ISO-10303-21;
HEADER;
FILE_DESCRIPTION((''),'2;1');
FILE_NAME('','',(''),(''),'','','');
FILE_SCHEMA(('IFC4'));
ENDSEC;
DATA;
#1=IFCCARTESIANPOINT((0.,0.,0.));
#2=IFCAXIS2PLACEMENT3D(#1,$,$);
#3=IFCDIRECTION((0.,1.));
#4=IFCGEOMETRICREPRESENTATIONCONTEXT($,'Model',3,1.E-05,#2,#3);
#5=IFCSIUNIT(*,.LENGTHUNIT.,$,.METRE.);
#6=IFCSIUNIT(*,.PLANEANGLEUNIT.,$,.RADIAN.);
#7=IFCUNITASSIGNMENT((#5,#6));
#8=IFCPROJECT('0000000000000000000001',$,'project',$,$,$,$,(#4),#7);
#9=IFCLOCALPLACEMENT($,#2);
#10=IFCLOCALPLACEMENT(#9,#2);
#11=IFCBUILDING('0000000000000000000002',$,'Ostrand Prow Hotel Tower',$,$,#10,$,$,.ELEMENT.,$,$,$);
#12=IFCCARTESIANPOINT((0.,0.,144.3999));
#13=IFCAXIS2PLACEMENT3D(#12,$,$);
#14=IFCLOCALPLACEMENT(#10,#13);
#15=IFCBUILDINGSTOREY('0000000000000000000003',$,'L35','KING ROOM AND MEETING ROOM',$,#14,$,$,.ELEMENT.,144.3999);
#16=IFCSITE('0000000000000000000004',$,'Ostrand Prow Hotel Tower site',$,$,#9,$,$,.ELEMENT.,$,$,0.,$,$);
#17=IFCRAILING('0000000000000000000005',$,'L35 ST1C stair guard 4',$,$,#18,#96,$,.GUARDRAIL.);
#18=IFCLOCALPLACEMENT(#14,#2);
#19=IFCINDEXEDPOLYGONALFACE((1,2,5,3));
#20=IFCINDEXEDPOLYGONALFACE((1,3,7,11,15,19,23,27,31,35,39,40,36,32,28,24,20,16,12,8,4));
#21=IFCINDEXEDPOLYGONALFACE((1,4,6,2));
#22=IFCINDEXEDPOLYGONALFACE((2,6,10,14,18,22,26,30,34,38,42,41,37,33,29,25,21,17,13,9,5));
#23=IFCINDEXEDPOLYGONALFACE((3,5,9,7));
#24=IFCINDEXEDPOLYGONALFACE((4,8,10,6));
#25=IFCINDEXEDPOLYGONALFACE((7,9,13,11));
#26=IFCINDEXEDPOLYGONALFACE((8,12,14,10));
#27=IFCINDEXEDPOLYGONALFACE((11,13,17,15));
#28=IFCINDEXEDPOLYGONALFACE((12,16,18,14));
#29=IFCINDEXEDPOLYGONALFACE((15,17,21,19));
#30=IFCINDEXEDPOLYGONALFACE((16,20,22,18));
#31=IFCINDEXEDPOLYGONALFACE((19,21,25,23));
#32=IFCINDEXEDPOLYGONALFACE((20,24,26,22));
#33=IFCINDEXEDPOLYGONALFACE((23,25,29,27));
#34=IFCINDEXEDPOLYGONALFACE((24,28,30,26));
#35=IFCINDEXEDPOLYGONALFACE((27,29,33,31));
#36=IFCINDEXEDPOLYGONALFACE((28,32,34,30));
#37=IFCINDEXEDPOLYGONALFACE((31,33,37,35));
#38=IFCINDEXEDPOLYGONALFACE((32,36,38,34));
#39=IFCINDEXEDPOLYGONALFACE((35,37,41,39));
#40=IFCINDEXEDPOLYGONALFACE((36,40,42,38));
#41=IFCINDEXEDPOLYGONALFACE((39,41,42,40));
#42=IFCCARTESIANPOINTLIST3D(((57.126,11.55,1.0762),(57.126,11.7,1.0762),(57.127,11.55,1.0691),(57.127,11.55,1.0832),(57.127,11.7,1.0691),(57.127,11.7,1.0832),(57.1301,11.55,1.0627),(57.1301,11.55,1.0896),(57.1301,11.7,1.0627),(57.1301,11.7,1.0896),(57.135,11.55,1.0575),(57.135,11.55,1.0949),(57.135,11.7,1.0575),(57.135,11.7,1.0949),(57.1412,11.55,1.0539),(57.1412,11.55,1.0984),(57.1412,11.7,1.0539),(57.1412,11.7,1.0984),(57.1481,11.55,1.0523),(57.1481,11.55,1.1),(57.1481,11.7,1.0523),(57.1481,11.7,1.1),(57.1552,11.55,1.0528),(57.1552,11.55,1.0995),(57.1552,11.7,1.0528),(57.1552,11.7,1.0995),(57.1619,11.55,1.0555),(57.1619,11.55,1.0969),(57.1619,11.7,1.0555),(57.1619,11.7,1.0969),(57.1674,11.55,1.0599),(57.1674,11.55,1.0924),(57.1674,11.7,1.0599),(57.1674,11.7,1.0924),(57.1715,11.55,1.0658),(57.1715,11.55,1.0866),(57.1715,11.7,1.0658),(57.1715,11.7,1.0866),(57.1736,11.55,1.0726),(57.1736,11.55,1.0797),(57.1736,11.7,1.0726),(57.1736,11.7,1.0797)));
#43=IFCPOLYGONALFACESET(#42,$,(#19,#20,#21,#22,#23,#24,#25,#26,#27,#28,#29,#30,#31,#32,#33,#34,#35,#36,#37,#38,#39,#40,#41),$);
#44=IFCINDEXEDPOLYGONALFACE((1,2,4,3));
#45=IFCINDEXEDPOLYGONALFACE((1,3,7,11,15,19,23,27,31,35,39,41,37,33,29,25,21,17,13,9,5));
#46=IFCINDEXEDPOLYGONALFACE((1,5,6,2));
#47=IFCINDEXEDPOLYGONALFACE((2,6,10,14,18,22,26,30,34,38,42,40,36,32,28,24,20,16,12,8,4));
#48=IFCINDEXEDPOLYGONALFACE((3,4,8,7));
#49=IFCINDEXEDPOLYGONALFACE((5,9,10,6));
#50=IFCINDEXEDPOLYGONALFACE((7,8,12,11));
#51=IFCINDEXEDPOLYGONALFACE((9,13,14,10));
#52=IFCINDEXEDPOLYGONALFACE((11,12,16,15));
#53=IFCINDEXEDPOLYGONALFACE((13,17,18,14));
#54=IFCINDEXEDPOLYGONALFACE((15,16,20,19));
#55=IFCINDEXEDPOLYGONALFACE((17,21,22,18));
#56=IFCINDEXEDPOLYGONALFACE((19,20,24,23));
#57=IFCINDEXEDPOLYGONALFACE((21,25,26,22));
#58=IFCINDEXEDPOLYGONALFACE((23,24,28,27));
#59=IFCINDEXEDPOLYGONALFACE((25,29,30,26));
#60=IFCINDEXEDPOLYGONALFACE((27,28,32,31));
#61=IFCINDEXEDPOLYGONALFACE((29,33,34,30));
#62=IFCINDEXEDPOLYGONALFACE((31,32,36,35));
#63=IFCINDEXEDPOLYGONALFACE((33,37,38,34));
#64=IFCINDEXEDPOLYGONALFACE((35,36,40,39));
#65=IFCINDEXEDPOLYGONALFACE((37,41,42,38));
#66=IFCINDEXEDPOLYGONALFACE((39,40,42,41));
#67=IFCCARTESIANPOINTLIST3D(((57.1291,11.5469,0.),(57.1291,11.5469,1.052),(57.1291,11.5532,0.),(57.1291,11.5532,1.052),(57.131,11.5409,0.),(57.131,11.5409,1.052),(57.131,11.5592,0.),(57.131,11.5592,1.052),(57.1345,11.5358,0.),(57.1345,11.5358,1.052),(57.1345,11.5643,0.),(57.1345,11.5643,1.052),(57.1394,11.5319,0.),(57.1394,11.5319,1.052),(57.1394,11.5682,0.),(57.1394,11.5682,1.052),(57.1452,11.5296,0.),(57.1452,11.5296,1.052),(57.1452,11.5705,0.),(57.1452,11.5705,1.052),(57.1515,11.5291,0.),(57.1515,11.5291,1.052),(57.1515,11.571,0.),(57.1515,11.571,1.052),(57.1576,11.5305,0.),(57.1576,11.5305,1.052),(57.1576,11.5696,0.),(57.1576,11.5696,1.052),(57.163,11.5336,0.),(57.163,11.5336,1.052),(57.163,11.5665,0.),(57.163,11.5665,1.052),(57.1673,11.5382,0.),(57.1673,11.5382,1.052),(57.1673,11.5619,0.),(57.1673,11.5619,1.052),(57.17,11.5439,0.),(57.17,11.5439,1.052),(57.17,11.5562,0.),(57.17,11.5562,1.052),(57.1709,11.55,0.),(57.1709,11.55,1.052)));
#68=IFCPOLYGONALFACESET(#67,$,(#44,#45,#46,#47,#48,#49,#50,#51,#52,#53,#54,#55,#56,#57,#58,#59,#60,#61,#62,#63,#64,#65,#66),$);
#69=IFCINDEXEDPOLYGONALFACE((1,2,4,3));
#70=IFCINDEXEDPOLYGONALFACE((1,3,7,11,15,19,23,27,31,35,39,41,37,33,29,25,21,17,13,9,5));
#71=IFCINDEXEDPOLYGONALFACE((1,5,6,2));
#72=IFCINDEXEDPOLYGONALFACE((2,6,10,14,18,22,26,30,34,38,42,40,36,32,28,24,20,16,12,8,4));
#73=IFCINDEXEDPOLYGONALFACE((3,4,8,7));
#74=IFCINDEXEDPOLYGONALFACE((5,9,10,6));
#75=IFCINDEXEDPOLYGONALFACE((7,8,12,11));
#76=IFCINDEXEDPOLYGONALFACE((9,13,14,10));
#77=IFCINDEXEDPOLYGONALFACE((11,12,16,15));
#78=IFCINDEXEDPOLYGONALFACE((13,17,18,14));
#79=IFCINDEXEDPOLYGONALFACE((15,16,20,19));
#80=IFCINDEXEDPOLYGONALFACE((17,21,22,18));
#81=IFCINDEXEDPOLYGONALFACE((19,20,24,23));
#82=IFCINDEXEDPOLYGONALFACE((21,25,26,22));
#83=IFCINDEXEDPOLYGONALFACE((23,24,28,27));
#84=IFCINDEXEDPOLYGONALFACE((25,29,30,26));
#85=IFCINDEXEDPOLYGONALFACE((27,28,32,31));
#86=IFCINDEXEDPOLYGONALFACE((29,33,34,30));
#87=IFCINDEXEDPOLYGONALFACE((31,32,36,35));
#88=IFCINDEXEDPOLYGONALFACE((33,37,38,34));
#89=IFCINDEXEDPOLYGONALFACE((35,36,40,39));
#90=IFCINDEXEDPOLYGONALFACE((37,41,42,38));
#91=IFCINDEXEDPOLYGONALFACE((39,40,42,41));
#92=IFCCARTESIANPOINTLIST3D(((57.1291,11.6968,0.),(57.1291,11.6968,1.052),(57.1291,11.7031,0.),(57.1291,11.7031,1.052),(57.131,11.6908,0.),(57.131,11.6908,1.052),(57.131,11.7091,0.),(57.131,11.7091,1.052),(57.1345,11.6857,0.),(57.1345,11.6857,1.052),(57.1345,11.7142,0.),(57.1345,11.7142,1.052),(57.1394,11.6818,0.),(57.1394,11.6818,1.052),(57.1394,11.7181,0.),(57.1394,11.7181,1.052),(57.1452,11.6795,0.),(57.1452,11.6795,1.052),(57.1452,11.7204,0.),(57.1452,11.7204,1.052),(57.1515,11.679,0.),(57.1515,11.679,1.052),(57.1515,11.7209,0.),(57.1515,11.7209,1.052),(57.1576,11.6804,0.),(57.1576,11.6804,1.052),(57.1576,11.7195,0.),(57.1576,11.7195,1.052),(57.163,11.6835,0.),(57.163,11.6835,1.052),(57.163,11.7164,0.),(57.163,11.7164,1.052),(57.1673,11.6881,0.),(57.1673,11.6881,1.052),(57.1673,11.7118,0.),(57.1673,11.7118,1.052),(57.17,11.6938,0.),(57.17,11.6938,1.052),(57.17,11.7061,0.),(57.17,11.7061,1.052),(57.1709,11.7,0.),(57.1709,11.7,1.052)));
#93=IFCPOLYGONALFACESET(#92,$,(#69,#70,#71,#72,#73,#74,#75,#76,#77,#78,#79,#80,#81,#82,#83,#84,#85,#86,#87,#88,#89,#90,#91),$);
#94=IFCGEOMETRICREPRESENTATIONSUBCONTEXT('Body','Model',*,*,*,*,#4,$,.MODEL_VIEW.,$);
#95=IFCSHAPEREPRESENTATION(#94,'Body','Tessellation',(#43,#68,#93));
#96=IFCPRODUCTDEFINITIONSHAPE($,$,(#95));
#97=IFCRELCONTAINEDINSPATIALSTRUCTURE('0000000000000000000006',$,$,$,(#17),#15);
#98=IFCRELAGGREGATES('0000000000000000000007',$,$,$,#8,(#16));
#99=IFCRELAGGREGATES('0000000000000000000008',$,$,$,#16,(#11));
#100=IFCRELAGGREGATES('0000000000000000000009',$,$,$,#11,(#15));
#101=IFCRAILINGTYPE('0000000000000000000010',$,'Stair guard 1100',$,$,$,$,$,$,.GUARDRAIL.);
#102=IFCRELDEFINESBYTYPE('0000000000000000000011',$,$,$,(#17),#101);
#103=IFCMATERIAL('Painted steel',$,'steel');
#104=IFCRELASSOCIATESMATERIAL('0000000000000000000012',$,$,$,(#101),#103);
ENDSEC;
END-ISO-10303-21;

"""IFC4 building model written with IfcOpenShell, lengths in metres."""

from ifc_helpers import new_model, si_unit, direction, frame, origin, origin_2d, place, context, subcontext, project, spatial, circle, extrude, material, type_object, element, save


model = new_model("IFC4")

# Units and contexts
model_context = context("Model", 3, precision=1e-05, world=origin(), true_north=direction((0.0, 1.0)))
body_context = subcontext(model_context, "Body", "Model", "MODEL_VIEW")
ifc_project = project(units=[si_unit("LENGTHUNIT", "METRE"), si_unit("PLANEANGLEUNIT", "RADIAN")], contexts=[model_context])

# Site, building, storey
site_placement = place(None, origin())
site = spatial("IfcSite", under=ifc_project, at=site_placement, Name="Ostrand Prow Hotel Tower site", CompositionType="ELEMENT", RefElevation=0.0)
building_placement = place(site_placement, origin())
building = spatial("IfcBuilding", under=site, at=building_placement, Name="Ostrand Prow Hotel Tower", CompositionType="ELEMENT")
storey_placement = place(building_placement, frame((0.0, 0.0, 144.3999)))
storey = spatial("IfcBuildingStorey", under=building, at=storey_placement, Name="L35", Description="KING ROOM AND MEETING ROOM", CompositionType="ELEMENT", Elevation=144.3999)

# Railing
ifc_material_1 = material(Name="Painted steel", Category="steel")
railing_type_1 = type_object("IfcRailingType", Name="Stair guard 1100", PredefinedType="GUARDRAIL", material=ifc_material_1)
railing_1_placement = place(storey_placement, frame((57.1499, 11.55, 0.0)))
element("IfcRailing", 1, at=railing_1_placement, inside=storey, type_object=railing_type_1, Name="L35 ST1C stair guard 4", PredefinedType="GUARDRAIL", context=body_context, shape_type="SweptSolid", body=[
    extrude(circle(Radius=0.0239, at=origin_2d()), frame((0.0, 0.0, 1.0762), z_axis=(0.0, 1.0, 0.0), x_axis=(-1.0, 0.0, 0.0)), (0.0, 0.0, 1.0), 0.1499),
    extrude(circle(Radius=0.021, at=origin_2d()), origin(), (0.0, 0.0, 1.0), 1.052),
    extrude(circle(Radius=0.021, at=origin_2d()), frame((0.0, 0.1499, 0.0)), (0.0, 0.0, 1.0), 1.052),
])

save(model, "model.ifc")
